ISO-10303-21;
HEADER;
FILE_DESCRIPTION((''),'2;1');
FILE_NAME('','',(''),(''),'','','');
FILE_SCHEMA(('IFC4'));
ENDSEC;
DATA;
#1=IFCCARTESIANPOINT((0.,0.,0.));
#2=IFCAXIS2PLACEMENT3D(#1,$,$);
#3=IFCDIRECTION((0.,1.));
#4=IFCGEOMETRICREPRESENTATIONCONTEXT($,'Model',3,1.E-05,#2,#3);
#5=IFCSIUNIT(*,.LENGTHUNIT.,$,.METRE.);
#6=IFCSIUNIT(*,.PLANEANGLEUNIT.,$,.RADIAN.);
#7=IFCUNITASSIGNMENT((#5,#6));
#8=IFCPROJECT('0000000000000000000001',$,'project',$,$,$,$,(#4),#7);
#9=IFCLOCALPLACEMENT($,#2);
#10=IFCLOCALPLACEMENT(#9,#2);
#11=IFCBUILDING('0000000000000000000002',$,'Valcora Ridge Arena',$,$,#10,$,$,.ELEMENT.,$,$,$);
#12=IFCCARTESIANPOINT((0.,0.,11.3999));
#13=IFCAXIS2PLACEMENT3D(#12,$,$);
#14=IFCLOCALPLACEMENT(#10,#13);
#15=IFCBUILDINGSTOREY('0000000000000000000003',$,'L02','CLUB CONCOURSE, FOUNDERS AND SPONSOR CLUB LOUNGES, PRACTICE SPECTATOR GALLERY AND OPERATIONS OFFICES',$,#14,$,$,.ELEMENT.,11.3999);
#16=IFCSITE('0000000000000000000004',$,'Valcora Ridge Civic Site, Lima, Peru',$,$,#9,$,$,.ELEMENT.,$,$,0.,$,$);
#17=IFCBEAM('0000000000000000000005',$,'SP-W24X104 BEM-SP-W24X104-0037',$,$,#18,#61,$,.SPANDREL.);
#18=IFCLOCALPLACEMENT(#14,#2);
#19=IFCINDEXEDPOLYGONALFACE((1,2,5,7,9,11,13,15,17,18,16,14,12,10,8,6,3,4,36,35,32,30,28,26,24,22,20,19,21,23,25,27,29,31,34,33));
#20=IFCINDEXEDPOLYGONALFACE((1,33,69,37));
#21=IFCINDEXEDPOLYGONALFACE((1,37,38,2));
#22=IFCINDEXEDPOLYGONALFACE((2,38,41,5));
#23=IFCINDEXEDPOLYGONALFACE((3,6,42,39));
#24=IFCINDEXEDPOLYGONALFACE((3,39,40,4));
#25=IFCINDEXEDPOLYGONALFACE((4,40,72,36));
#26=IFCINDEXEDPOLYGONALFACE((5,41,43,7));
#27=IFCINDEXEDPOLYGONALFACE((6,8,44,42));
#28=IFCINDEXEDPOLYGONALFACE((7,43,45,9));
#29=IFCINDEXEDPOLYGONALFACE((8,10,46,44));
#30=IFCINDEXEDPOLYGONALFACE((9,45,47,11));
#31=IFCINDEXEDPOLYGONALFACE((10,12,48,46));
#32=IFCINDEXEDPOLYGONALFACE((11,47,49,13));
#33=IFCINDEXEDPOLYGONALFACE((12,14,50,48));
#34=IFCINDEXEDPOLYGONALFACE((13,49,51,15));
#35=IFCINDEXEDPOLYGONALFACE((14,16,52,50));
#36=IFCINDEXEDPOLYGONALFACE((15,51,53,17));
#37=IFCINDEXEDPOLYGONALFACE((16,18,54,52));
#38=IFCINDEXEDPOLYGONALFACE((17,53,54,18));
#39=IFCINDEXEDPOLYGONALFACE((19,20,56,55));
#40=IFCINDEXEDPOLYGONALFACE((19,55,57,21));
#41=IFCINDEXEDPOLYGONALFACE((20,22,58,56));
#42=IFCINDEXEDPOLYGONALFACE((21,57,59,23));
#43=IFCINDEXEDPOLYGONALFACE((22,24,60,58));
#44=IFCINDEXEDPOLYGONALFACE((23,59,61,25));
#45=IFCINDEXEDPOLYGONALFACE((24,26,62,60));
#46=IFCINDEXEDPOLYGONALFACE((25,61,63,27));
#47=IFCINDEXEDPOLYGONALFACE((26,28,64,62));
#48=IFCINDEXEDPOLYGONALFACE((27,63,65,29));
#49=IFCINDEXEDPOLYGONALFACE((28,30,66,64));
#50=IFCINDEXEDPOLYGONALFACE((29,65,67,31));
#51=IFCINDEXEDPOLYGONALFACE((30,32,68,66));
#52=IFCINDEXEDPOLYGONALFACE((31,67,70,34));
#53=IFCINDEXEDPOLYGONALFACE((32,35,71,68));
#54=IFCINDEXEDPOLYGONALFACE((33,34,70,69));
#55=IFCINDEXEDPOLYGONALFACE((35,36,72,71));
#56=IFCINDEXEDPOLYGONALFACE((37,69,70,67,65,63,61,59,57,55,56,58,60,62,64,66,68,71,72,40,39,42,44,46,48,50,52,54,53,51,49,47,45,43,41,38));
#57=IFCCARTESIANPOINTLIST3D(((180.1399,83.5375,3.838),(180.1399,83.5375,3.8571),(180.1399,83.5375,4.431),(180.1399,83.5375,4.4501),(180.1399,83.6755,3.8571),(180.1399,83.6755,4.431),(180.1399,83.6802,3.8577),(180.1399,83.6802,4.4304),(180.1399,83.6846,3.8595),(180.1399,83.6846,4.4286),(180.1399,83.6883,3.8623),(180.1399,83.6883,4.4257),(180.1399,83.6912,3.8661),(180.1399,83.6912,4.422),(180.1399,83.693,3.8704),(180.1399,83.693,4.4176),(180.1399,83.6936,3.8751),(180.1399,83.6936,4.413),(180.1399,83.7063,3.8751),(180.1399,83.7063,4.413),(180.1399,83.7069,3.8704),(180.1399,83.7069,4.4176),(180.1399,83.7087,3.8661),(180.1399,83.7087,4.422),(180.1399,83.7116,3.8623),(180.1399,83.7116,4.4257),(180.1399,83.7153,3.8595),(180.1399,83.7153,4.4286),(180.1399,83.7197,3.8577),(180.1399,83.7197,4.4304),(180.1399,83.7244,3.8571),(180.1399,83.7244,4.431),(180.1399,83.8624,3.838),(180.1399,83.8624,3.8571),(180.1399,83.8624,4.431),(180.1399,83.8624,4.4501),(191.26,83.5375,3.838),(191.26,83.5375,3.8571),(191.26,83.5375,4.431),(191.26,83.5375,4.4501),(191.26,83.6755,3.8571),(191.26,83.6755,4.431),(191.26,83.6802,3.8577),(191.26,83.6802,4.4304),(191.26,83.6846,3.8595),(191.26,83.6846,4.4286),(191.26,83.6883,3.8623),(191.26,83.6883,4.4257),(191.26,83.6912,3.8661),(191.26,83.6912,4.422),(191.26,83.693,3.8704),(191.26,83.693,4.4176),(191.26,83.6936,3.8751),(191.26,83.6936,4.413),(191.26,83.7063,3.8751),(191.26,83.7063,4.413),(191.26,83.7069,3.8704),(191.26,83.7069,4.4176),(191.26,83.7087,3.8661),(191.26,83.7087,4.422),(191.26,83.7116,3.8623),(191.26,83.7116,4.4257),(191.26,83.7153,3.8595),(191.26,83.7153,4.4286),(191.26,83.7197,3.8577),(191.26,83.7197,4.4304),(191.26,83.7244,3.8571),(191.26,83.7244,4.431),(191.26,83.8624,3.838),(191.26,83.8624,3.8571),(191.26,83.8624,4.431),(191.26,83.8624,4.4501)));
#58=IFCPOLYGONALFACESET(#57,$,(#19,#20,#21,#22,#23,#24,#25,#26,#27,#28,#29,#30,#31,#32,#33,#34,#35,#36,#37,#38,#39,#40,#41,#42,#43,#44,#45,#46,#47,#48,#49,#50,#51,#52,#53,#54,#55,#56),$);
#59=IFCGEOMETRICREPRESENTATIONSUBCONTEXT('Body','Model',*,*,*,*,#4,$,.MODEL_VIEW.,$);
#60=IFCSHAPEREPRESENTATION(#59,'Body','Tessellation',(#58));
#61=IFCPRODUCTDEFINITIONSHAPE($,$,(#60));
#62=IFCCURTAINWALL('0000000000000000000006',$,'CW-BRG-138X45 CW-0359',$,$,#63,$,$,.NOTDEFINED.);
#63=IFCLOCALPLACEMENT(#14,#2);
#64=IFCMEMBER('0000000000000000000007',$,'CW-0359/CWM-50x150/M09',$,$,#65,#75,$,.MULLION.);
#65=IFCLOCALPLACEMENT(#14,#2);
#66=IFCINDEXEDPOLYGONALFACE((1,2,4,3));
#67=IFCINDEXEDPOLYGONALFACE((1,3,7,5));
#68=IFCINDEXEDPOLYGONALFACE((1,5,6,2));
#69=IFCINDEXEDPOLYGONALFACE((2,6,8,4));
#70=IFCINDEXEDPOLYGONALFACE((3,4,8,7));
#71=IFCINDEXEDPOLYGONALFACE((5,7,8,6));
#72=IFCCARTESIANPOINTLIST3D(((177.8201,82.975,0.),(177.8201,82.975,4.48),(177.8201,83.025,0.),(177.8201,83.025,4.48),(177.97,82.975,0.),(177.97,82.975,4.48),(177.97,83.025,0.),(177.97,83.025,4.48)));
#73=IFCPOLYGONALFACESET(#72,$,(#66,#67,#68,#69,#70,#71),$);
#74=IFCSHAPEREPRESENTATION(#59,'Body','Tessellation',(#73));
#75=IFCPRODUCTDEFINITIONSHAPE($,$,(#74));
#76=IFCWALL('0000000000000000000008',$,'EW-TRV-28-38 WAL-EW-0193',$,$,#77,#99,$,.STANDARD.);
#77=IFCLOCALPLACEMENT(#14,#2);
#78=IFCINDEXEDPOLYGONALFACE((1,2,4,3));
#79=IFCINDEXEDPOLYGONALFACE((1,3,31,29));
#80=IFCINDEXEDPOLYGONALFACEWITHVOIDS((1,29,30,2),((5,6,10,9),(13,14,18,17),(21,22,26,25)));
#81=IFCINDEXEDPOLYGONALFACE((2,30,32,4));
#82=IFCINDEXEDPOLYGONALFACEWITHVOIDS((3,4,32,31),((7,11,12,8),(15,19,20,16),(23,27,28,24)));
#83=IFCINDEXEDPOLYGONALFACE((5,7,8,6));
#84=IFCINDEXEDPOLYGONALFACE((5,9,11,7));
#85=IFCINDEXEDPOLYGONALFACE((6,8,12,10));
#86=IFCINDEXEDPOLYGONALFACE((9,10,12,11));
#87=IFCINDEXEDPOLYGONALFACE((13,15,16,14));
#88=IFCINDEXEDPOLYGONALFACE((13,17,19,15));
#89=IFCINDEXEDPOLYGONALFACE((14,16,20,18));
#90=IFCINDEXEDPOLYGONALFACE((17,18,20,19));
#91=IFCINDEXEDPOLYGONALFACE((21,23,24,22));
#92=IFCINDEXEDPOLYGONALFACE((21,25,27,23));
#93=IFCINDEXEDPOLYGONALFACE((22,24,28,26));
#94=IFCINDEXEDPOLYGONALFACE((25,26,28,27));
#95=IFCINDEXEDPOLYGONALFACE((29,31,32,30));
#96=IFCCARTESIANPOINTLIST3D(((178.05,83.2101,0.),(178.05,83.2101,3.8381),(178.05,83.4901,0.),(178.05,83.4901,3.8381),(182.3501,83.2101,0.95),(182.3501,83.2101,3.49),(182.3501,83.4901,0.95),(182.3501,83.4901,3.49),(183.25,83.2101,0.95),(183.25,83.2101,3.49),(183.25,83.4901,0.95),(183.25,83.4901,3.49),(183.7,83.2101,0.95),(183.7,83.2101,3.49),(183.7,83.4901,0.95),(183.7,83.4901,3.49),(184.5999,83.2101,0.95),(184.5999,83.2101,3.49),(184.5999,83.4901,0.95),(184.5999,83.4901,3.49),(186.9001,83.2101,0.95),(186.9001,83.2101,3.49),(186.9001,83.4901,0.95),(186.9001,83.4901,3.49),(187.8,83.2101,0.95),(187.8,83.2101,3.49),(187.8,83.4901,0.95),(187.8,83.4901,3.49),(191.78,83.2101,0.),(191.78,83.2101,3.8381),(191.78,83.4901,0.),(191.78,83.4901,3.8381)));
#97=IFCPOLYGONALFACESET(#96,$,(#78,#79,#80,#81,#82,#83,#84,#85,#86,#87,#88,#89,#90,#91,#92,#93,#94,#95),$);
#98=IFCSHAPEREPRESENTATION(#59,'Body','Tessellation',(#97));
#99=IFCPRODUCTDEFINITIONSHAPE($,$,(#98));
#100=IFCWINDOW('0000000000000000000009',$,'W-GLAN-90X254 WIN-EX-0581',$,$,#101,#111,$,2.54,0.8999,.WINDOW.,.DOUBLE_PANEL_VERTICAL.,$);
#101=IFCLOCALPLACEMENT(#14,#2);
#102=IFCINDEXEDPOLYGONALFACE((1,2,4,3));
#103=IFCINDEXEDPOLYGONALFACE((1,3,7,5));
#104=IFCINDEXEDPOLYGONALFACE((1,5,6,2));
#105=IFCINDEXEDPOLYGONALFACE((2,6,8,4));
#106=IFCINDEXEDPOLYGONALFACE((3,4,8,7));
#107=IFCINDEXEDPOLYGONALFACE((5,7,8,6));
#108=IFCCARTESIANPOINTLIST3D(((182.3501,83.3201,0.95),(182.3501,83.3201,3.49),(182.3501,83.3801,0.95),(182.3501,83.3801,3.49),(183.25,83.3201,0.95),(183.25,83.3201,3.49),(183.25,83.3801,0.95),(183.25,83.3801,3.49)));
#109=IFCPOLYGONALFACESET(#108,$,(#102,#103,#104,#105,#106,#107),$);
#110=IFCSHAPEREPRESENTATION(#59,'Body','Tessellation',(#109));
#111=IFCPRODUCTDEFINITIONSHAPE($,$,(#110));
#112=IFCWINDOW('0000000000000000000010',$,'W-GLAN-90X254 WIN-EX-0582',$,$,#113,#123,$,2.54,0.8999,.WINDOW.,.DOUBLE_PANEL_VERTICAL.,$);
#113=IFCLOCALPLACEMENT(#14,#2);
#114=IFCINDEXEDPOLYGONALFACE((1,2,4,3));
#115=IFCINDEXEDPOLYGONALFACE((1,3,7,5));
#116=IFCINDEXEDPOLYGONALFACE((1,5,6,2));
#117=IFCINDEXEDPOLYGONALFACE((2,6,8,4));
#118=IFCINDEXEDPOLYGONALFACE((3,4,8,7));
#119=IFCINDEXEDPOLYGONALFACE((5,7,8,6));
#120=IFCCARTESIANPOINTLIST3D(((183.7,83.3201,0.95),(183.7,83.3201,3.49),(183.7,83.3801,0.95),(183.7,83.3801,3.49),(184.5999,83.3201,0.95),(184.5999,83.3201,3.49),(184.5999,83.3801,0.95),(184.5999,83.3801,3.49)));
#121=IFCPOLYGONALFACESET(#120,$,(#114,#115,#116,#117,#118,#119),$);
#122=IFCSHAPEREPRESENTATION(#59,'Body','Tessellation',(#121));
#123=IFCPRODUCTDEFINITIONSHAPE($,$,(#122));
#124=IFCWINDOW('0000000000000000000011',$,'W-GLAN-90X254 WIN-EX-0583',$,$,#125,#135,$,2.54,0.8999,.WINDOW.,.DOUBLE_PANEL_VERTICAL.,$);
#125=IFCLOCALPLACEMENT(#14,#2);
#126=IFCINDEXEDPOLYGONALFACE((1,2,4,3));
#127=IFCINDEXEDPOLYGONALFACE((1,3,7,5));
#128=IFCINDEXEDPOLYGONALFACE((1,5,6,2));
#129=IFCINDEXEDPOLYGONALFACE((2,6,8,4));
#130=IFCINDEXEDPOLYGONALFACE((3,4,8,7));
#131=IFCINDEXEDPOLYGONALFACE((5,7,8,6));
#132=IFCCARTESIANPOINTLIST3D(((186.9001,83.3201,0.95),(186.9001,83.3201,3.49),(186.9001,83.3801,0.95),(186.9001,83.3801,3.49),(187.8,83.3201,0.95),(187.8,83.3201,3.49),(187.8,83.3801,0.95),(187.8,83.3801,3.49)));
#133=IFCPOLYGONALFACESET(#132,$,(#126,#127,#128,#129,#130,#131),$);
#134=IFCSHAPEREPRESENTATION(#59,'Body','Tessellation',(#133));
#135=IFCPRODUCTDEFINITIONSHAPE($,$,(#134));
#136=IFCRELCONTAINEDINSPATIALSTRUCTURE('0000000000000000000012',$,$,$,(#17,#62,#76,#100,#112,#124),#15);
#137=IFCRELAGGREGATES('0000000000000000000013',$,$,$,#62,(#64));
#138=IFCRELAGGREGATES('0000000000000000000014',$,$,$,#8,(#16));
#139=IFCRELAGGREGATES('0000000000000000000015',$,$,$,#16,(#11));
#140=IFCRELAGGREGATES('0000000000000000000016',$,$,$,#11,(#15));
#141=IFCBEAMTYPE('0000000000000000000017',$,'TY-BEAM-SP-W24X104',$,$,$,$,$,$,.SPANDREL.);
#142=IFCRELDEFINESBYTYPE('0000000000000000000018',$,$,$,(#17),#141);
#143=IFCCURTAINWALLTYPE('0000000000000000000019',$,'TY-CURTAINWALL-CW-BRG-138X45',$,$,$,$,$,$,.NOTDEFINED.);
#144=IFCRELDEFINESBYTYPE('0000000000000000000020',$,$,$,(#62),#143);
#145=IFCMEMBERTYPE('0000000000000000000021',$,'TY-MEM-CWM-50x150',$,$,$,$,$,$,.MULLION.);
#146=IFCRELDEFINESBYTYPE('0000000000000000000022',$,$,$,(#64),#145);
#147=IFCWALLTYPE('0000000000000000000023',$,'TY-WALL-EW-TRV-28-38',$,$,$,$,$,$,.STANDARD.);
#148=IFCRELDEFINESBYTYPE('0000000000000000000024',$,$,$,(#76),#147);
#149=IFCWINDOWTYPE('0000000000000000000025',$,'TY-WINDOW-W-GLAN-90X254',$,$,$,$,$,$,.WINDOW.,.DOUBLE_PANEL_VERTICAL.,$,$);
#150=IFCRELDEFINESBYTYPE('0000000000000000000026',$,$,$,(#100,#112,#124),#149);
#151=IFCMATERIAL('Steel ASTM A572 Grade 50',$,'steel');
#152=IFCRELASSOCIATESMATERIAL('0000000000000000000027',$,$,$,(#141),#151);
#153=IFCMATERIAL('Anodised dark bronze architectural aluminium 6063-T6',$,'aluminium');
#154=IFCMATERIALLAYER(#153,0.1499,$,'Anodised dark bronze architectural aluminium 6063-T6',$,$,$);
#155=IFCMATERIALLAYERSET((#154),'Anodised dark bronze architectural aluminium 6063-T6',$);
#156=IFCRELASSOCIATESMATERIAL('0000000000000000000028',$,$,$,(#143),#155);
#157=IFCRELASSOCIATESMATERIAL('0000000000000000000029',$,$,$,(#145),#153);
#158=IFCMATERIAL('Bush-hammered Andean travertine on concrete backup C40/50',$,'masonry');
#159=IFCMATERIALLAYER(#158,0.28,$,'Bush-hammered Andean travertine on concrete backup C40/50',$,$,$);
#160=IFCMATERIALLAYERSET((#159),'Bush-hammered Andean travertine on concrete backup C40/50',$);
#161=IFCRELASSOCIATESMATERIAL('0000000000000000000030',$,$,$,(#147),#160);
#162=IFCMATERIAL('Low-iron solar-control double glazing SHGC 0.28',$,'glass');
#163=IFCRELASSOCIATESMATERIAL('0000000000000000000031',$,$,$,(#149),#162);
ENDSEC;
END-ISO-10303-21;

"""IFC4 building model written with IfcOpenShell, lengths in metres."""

from ifc_helpers import new_model, si_unit, direction, frame, frame_2d, origin, origin_2d, place, context, subcontext, project, spatial, rectangle, i_section, extrude, material, layer, layer_set, material_profile, profile_set, type_object, element, fill, aggregate, save


model = new_model("IFC4")

# Units and contexts
model_context = context("Model", 3, precision=1e-05, world=origin(), true_north=direction((0.0, 1.0)))
body_context = subcontext(model_context, "Body", "Model", "MODEL_VIEW")
ifc_project = project(units=[si_unit("LENGTHUNIT", "METRE"), si_unit("PLANEANGLEUNIT", "RADIAN")], contexts=[model_context])

# Site, building, storey
site_placement = place(None, origin())
site = spatial("IfcSite", under=ifc_project, at=site_placement, Name="Valcora Ridge Civic Site, Lima, Peru", CompositionType="ELEMENT", RefElevation=0.0)
building_placement = place(site_placement, origin())
building = spatial("IfcBuilding", under=site, at=building_placement, Name="Valcora Ridge Arena", CompositionType="ELEMENT")
storey_placement = place(building_placement, frame((0.0, 0.0, 11.3999)))
storey = spatial("IfcBuildingStorey", under=building, at=storey_placement, Name="L02", Description="CLUB CONCOURSE, FOUNDERS AND SPONSOR CLUB LOUNGES, PRACTICE SPECTATOR GALLERY AND OPERATIONS OFFICES", CompositionType="ELEMENT", Elevation=11.3999)

# Beam
ifc_material_1 = material(Name="Steel ASTM A572 Grade 50", Category="steel")
ifc_material_profile_1 = material_profile(ifc_material_1, i_section(OverallWidth=0.325, OverallDepth=0.6121, WebThickness=0.0127, FlangeThickness=0.019, FilletRadius=0.0181, at=origin_2d()), Name="W24X104")
ifc_profile_set_1 = profile_set([ifc_material_profile_1], Name="Steel ASTM A572 Grade 50")
beam_type_1 = type_object("IfcBeamType", Name="TY-BEAM-SP-W24X104", PredefinedType="SPANDREL", material=ifc_profile_set_1)
beam_1_placement = place(storey_placement, frame((180.1399, 83.7, 4.144), z_axis=(1.0, 0.0, 0.0), x_axis=(0.0, 1.0, 0.0)))
element("IfcBeam", 1, at=beam_1_placement, inside=storey, type_object=beam_type_1, Name="SP-W24X104 BEM-SP-W24X104-0037", PredefinedType="SPANDREL", context=body_context, shape_type="SweptSolid", body=[
    extrude(i_section(OverallWidth=0.325, OverallDepth=0.6121, WebThickness=0.0127, FlangeThickness=0.019, FilletRadius=0.0181, at=origin_2d()), origin(), (0.0, 0.0, 1.0), 11.1201),
])

# Curtain wall, member
ifc_material_2 = material(Name="Anodised dark bronze architectural aluminium 6063-T6", Category="aluminium")
ifc_layer_1 = layer(ifc_material_2, 0.1499, Name="Anodised dark bronze architectural aluminium 6063-T6")
ifc_layer_set_1 = layer_set([ifc_layer_1], Name="Anodised dark bronze architectural aluminium 6063-T6")
curtain_wall_type = type_object("IfcCurtainWallType", Name="TY-CURTAINWALL-CW-BRG-138X45", PredefinedType="NOTDEFINED", material=ifc_layer_set_1)
curtain_wall_placement = place(storey_placement, origin())
curtain_wall = element("IfcCurtainWall", 2, at=curtain_wall_placement, inside=storey, type_object=curtain_wall_type, Name="CW-BRG-138X45 CW-0359", PredefinedType="NOTDEFINED")
ifc_material_profile_2 = material_profile(ifc_material_2, rectangle(XDim=0.05, YDim=0.1499, at=origin_2d()), Name="ALU MULLION 50x150")
ifc_profile_set_2 = profile_set([ifc_material_profile_2], Name="Anodised dark bronze architectural aluminium 6063-T6")
member_type = type_object("IfcMemberType", Name="TY-MEM-CWM-50x150", PredefinedType="MULLION", material=ifc_profile_set_2)
member_placement = place(storey_placement, frame((177.895, 83.0, 0.0), z_axis=(0.0, 0.0, 1.0), x_axis=(0.0, 1.0, 0.0)))
member = element("IfcMember", 3, at=member_placement, type_object=member_type, Name="CW-0359/CWM-50x150/M09", PredefinedType="MULLION", context=body_context, shape_type="SweptSolid", body=[
    extrude(rectangle(XDim=0.05, YDim=0.1499, at=origin_2d()), origin(), (0.0, 0.0, 1.0), 4.48),
])
aggregate(curtain_wall, [member])

# Wall, openings, windows
ifc_material_3 = material(Name="Bush-hammered Andean travertine on concrete backup C40/50", Category="masonry")
ifc_layer_2 = layer(ifc_material_3, 0.28, Name="Bush-hammered Andean travertine on concrete backup C40/50")
ifc_layer_set_2 = layer_set([ifc_layer_2], Name="Bush-hammered Andean travertine on concrete backup C40/50")
wall_type = type_object("IfcWallType", Name="TY-WALL-EW-TRV-28-38", PredefinedType="STANDARD", material=ifc_layer_set_2)
wall_placement = place(storey_placement, frame((178.05, 83.3501, 0.0), z_axis=(0.0, 0.0, 1.0), x_axis=(1.0, 0.0, 0.0)))
wall = element("IfcWall", 4, at=wall_placement, inside=storey, type_object=wall_type, Name="EW-TRV-28-38 WAL-EW-0193", PredefinedType="STANDARD", context=body_context, shape_type="SweptSolid", body=[
    extrude(rectangle(XDim=13.73, YDim=0.28, at=frame_2d((6.865, 0.0))), origin(), (0.0, 0.0, 1.0), 3.8381),
])
opening_1_placement = place(wall_placement, frame((4.3, 0.0, 0.95)))
opening_1 = element("IfcOpeningElement", 5, at=opening_1_placement, cuts=wall, PredefinedType="OPENING", context=body_context, shape_type="SweptSolid", body=[
    extrude(rectangle(XDim=0.8999, YDim=2.54, at=frame_2d((0.45, 1.27))), frame((0.0, 0.1499, 0.0), z_axis=(0.0, -1.0, 0.0), x_axis=(1.0, 0.0, 0.0)), (0.0, 0.0, 1.0), 0.3),
])
opening_2_placement = place(wall_placement, frame((5.6499, 0.0, 0.95)))
opening_2 = element("IfcOpeningElement", 6, at=opening_2_placement, cuts=wall, PredefinedType="OPENING", context=body_context, shape_type="SweptSolid", body=[
    extrude(rectangle(XDim=0.8999, YDim=2.54, at=frame_2d((0.45, 1.27))), frame((0.0, 0.1499, 0.0), z_axis=(0.0, -1.0, 0.0), x_axis=(1.0, 0.0, 0.0)), (0.0, 0.0, 1.0), 0.3),
])
opening_3_placement = place(wall_placement, frame((8.8501, 0.0, 0.95)))
opening_3 = element("IfcOpeningElement", 7, at=opening_3_placement, cuts=wall, PredefinedType="OPENING", context=body_context, shape_type="SweptSolid", body=[
    extrude(rectangle(XDim=0.8999, YDim=2.54, at=frame_2d((0.45, 1.27))), frame((0.0, 0.1499, 0.0), z_axis=(0.0, -1.0, 0.0), x_axis=(1.0, 0.0, 0.0)), (0.0, 0.0, 1.0), 0.3),
])
ifc_material_4 = material(Name="Low-iron solar-control double glazing SHGC 0.28", Category="glass")
window_type = type_object("IfcWindowType", Name="TY-WINDOW-W-GLAN-90X254", PartitioningType="DOUBLE_PANEL_VERTICAL", PredefinedType="WINDOW", material=ifc_material_4)
window_1_placement = place(opening_1_placement, origin())
window_1 = element("IfcWindow", 8, at=window_1_placement, inside=storey, type_object=window_type, Name="W-GLAN-90X254 WIN-EX-0581", OverallHeight=2.54, OverallWidth=0.8999, PartitioningType="DOUBLE_PANEL_VERTICAL", PredefinedType="WINDOW", context=body_context, shape_type="SweptSolid", body=[
    extrude(rectangle(XDim=0.8999, YDim=2.54, at=frame_2d((0.45, 1.27))), frame((0.0, 0.03, 0.0), z_axis=(0.0, -1.0, 0.0), x_axis=(1.0, 0.0, 0.0)), (0.0, 0.0, 1.0), 0.0601),
])
fill(opening_1, window_1)
window_2_placement = place(opening_2_placement, origin())
window_2 = element("IfcWindow", 9, at=window_2_placement, inside=storey, type_object=window_type, Name="W-GLAN-90X254 WIN-EX-0582", OverallHeight=2.54, OverallWidth=0.8999, PartitioningType="DOUBLE_PANEL_VERTICAL", PredefinedType="WINDOW", context=body_context, shape_type="SweptSolid", body=[
    extrude(rectangle(XDim=0.8999, YDim=2.54, at=frame_2d((0.45, 1.27))), frame((0.0, 0.03, 0.0), z_axis=(0.0, -1.0, 0.0), x_axis=(1.0, 0.0, 0.0)), (0.0, 0.0, 1.0), 0.0601),
])
fill(opening_2, window_2)
window_3_placement = place(opening_3_placement, origin())
window_3 = element("IfcWindow", 10, at=window_3_placement, inside=storey, type_object=window_type, Name="W-GLAN-90X254 WIN-EX-0583", OverallHeight=2.54, OverallWidth=0.8999, PartitioningType="DOUBLE_PANEL_VERTICAL", PredefinedType="WINDOW", context=body_context, shape_type="SweptSolid", body=[
    extrude(rectangle(XDim=0.8999, YDim=2.54, at=frame_2d((0.45, 1.27))), frame((0.0, 0.03, 0.0), z_axis=(0.0, -1.0, 0.0), x_axis=(1.0, 0.0, 0.0)), (0.0, 0.0, 1.0), 0.0601),
])
fill(opening_3, window_3)

save(model, "model.ifc")
